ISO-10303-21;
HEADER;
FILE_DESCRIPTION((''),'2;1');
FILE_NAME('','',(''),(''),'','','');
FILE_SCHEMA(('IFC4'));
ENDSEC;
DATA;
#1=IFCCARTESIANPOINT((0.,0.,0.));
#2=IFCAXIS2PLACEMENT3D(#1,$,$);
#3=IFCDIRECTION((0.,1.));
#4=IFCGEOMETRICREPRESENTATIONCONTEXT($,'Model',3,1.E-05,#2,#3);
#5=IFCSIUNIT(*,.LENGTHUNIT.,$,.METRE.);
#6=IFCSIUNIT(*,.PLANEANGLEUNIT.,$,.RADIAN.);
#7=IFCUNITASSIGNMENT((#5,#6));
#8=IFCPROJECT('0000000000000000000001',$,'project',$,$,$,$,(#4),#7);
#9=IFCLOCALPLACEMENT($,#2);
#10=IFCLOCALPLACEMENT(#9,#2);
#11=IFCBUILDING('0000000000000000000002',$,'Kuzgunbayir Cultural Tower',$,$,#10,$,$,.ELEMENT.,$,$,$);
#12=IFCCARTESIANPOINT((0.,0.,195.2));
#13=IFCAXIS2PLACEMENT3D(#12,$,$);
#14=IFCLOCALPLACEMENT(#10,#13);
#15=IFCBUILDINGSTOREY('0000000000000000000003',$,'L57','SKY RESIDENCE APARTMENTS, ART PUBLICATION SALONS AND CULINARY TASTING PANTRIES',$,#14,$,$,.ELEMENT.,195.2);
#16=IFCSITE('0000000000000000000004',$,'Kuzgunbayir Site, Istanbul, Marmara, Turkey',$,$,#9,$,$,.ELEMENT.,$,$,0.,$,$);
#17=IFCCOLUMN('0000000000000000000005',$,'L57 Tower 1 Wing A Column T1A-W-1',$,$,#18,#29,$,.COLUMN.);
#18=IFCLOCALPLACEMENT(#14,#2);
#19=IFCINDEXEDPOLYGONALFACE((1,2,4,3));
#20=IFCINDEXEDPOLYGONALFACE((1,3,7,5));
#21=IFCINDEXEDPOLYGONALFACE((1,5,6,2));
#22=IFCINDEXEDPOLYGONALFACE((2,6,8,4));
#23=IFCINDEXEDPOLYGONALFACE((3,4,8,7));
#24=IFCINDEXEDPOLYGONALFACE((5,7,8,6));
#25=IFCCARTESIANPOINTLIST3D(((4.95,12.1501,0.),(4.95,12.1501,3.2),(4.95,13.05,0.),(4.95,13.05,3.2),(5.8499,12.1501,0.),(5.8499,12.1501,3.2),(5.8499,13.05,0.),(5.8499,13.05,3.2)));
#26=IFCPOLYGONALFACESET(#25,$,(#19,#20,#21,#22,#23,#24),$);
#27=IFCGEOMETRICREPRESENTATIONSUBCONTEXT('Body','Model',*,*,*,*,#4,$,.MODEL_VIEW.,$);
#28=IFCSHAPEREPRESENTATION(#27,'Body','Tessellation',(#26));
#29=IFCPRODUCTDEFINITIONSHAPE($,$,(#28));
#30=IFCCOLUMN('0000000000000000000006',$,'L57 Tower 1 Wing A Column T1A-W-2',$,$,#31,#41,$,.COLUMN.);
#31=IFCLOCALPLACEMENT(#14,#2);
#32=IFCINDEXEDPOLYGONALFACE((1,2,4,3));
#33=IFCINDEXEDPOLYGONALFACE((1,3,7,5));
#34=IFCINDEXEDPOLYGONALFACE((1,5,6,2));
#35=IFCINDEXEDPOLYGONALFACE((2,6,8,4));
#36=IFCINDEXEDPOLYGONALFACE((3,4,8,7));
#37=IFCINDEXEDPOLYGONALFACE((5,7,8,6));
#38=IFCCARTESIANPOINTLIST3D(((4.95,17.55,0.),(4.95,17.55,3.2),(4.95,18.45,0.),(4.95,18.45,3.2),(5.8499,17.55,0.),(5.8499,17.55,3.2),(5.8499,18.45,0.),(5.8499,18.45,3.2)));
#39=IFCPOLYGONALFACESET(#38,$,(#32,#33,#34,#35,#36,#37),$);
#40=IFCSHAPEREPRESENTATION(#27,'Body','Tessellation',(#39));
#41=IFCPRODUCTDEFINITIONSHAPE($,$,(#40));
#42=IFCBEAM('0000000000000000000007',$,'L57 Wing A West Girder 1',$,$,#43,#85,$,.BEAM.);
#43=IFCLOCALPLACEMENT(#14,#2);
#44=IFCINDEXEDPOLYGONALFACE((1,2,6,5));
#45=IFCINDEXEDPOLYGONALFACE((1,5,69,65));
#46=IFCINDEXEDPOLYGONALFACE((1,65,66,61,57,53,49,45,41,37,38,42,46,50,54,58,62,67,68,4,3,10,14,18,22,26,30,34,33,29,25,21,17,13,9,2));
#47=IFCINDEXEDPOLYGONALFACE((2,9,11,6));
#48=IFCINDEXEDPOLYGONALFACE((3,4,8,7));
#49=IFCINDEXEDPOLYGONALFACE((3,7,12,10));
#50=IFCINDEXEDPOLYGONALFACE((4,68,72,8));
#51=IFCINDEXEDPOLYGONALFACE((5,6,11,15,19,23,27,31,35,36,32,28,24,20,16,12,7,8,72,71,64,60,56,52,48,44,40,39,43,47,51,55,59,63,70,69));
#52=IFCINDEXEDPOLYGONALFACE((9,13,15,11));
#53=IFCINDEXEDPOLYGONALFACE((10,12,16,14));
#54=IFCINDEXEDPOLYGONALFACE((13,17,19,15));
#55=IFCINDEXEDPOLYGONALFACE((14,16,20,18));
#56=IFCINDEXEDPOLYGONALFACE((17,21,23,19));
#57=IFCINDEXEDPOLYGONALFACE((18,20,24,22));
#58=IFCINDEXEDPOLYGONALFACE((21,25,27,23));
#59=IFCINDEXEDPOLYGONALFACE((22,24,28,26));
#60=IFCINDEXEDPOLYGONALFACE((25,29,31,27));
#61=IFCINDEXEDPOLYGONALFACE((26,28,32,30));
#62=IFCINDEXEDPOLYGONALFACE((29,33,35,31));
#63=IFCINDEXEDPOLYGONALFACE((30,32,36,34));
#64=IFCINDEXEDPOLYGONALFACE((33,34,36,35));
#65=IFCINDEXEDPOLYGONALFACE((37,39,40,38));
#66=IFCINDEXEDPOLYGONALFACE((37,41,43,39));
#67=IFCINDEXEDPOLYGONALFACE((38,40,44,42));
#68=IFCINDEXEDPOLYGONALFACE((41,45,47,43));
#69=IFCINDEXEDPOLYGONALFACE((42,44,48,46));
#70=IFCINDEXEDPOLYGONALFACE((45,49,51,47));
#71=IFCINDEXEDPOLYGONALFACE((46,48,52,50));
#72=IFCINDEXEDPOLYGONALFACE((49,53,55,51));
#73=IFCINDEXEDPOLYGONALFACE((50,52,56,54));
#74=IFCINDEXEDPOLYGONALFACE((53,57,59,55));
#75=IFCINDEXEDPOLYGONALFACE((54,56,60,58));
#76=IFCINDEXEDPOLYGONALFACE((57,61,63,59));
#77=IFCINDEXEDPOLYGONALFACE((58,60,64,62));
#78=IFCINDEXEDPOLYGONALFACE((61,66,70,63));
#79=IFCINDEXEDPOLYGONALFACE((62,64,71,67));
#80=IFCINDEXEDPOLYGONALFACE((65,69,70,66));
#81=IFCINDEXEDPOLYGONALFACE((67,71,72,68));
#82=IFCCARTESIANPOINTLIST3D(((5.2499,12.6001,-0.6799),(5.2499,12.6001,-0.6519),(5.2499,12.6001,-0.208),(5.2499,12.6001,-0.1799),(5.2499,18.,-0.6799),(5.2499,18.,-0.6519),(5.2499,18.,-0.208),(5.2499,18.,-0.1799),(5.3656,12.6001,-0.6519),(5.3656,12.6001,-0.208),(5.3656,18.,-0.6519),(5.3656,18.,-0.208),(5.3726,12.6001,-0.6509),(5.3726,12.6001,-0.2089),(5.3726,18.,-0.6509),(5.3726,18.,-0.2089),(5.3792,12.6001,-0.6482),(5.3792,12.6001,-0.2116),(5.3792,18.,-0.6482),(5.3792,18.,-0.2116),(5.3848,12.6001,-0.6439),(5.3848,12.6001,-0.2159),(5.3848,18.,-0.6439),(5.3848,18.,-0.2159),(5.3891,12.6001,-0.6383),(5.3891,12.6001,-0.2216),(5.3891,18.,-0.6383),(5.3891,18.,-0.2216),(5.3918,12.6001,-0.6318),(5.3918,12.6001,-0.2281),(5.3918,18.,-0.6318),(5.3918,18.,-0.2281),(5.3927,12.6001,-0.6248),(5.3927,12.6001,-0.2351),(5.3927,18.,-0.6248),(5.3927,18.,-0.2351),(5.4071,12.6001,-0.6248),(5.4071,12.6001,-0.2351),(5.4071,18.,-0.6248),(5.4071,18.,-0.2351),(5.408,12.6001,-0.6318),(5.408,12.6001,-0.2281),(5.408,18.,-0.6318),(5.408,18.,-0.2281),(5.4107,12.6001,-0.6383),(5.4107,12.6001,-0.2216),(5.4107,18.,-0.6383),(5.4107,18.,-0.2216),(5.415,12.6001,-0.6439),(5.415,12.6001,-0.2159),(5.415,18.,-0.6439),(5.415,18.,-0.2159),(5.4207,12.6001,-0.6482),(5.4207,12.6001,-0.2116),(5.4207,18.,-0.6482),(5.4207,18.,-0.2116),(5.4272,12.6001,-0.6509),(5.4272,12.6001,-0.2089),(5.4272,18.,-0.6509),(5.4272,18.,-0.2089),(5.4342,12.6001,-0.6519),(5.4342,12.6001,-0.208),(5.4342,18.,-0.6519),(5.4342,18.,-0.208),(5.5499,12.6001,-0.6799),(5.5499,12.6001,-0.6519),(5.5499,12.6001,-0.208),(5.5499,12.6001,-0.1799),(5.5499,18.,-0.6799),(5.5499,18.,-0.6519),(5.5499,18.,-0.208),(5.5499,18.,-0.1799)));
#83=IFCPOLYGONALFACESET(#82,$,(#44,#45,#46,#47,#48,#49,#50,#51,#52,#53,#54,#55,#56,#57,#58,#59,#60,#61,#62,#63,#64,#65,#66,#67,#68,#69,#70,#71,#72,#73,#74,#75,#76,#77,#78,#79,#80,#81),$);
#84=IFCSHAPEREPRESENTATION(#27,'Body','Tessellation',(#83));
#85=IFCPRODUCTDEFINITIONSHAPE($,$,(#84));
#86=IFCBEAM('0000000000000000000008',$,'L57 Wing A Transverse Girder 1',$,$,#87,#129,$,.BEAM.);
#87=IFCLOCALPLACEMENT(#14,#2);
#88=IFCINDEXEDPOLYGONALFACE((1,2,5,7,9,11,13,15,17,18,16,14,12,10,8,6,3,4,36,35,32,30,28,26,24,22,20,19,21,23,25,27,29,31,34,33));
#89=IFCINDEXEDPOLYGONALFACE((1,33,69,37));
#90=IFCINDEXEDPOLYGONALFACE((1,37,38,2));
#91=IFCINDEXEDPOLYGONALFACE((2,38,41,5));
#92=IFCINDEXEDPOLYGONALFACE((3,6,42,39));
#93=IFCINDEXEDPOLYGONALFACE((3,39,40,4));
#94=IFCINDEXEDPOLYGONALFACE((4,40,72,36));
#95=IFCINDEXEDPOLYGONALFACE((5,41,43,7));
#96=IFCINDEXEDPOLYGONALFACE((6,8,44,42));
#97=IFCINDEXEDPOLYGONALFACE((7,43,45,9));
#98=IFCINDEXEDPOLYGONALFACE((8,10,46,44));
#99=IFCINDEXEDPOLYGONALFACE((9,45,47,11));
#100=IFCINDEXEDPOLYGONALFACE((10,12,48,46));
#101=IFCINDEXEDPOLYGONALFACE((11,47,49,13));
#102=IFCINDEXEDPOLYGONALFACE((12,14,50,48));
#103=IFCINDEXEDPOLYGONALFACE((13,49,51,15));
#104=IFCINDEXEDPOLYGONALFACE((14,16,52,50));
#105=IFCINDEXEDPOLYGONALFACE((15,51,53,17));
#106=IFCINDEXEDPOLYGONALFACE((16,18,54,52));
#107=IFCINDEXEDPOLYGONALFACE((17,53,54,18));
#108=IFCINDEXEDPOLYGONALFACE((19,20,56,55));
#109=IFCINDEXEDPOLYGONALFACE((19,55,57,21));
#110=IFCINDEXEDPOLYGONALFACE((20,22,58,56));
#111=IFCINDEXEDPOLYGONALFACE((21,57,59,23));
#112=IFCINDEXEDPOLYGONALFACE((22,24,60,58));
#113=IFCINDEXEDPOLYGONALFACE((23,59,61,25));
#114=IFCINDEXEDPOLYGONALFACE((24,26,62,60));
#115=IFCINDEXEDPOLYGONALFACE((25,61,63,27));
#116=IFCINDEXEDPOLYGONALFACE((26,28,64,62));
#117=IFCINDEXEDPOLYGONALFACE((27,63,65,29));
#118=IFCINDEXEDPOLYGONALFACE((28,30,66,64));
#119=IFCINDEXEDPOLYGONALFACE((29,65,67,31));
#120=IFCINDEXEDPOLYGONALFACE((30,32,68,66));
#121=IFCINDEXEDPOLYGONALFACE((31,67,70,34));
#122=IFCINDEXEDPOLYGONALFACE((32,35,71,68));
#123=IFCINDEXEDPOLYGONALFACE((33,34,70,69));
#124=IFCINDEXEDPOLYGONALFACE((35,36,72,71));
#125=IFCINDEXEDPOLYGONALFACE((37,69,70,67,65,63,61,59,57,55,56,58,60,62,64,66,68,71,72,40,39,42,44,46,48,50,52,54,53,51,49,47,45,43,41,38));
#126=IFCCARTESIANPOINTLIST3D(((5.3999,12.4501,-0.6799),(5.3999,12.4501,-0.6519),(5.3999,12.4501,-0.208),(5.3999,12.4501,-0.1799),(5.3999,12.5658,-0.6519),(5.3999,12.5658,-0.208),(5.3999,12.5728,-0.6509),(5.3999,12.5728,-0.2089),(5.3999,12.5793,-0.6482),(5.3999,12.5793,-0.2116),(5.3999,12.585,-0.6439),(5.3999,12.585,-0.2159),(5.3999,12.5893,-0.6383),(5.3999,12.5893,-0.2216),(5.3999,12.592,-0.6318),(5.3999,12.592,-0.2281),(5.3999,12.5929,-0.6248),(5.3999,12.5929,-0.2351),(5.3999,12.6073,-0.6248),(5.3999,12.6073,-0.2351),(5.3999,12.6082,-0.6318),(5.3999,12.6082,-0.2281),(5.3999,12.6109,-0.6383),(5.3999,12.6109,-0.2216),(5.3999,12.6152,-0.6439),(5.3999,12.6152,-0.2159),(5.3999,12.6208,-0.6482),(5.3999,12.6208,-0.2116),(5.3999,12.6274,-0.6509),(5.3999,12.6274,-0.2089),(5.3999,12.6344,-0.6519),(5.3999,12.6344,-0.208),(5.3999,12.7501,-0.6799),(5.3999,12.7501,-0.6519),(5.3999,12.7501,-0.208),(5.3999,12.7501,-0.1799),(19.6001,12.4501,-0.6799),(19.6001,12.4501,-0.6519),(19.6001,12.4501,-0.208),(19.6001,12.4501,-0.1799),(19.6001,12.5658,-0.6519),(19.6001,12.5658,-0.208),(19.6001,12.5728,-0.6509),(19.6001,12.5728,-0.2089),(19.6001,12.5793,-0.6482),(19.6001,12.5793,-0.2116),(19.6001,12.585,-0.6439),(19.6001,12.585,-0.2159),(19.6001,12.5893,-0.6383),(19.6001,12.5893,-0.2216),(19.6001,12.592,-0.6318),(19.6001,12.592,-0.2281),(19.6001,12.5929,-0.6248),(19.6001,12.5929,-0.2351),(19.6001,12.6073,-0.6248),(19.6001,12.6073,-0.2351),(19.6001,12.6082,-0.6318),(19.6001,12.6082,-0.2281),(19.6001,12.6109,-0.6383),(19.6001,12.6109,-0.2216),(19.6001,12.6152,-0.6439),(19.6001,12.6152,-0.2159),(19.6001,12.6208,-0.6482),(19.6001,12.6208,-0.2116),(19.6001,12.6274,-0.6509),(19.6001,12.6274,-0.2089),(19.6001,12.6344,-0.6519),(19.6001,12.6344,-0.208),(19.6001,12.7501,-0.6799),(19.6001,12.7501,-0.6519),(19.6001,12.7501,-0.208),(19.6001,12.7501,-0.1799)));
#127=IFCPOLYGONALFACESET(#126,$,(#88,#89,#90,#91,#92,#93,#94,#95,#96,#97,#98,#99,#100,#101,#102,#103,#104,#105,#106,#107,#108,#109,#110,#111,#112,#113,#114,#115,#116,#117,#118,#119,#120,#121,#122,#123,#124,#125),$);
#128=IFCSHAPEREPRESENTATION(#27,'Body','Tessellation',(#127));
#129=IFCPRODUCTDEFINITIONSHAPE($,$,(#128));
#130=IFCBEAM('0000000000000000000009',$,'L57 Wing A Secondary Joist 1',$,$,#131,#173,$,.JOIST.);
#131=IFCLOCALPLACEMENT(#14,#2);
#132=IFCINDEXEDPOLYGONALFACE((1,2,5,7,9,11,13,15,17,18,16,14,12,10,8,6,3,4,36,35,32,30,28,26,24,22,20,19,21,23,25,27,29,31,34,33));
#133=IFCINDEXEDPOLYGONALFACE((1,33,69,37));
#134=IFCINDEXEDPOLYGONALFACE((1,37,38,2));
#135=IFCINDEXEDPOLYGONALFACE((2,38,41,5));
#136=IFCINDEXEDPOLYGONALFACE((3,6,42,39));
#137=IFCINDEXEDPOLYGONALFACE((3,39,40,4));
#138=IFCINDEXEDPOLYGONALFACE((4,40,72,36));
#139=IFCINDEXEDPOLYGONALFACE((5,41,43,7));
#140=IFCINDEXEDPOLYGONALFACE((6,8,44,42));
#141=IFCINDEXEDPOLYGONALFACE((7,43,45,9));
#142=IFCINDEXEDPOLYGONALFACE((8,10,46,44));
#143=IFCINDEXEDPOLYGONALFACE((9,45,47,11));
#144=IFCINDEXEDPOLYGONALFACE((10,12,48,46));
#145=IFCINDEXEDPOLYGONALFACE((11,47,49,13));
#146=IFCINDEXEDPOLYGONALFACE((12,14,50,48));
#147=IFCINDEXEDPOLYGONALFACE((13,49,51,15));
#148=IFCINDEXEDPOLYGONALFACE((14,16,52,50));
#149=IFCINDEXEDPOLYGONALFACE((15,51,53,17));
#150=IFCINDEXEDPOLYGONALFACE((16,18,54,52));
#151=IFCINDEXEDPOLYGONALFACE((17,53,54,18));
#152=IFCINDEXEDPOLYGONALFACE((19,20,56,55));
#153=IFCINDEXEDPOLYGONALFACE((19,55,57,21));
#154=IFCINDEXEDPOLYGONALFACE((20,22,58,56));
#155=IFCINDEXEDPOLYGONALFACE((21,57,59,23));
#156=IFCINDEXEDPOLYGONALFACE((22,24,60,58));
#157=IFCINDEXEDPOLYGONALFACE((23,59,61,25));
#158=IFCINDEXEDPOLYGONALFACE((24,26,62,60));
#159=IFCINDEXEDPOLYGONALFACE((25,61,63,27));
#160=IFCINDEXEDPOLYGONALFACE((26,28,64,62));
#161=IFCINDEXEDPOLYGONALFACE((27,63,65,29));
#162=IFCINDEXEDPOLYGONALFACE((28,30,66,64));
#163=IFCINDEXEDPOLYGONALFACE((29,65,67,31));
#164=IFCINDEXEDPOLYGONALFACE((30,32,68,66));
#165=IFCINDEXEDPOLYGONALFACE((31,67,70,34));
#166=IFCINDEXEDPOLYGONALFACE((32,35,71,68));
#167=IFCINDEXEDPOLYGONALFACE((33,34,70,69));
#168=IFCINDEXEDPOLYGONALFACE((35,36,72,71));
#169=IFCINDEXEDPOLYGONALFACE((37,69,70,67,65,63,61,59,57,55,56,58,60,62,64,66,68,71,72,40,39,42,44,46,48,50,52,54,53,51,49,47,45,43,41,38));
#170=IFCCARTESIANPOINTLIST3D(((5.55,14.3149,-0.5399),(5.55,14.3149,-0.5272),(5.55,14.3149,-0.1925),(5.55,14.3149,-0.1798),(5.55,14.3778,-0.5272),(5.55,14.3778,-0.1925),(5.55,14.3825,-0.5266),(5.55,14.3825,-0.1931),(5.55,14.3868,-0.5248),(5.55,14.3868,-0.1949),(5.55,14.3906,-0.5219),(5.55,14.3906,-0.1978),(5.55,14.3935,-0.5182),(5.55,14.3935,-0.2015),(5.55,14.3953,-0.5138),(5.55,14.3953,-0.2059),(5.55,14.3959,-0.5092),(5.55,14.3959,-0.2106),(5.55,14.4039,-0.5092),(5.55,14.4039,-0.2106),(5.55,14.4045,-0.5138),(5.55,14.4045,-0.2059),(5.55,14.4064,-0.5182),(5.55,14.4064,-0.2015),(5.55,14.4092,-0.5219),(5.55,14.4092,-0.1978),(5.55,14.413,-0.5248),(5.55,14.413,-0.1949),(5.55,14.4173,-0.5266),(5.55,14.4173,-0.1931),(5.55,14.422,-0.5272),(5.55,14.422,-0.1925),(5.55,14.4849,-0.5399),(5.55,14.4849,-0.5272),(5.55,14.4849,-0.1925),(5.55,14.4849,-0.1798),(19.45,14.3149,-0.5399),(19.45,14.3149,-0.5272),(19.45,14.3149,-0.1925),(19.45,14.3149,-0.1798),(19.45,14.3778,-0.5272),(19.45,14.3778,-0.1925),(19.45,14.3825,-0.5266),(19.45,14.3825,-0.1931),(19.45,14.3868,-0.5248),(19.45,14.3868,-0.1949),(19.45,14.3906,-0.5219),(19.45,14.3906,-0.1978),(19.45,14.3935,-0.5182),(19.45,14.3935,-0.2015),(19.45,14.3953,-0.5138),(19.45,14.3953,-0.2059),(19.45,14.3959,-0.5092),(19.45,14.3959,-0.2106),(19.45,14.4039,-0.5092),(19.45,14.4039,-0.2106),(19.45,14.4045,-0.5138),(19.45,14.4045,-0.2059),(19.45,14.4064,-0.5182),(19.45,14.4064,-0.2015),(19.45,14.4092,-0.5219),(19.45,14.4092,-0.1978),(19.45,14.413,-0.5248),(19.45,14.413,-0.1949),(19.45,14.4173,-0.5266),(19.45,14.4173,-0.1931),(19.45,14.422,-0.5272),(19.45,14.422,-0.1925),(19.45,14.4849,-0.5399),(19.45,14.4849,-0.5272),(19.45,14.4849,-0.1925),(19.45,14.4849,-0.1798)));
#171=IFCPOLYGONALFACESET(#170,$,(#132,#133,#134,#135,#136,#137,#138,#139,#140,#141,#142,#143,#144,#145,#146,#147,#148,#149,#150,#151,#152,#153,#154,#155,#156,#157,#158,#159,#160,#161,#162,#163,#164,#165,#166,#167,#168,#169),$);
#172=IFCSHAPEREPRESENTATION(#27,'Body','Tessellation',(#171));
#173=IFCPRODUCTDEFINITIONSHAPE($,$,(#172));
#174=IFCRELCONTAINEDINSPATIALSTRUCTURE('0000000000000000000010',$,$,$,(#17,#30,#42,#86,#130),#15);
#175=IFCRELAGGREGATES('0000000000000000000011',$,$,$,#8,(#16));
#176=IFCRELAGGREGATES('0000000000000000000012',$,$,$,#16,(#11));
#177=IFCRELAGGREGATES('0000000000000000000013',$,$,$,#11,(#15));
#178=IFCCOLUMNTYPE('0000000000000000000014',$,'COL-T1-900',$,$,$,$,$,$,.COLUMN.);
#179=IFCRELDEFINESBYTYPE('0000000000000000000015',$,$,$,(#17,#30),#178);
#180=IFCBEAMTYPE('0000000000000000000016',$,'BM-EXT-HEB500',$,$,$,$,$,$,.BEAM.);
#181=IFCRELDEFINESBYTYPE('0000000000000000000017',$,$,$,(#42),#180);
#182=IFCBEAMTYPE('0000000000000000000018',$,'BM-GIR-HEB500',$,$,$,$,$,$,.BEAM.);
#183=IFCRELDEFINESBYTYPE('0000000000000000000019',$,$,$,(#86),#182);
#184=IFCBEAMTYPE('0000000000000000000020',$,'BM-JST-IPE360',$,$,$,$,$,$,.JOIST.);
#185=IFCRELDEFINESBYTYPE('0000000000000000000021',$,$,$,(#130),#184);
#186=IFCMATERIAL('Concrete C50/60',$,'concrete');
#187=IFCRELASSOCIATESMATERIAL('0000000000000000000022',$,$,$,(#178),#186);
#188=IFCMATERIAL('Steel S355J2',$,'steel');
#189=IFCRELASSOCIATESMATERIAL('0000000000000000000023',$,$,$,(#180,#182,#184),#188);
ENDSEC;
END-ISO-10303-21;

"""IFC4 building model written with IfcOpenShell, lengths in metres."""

from ifc_helpers import new_model, si_unit, direction, frame, origin, origin_2d, place, context, subcontext, project, spatial, rectangle, i_section, extrude, material, material_profile, profile_set, type_object, element, save


model = new_model("IFC4")

# Units and contexts
model_context = context("Model", 3, precision=1e-05, world=origin(), true_north=direction((0.0, 1.0)))
body_context = subcontext(model_context, "Body", "Model", "MODEL_VIEW")
ifc_project = project(units=[si_unit("LENGTHUNIT", "METRE"), si_unit("PLANEANGLEUNIT", "RADIAN")], contexts=[model_context])

# Site, building, storey
site_placement = place(None, origin())
site = spatial("IfcSite", under=ifc_project, at=site_placement, Name="Kuzgunbayir Site, Istanbul, Marmara, Turkey", CompositionType="ELEMENT", RefElevation=0.0)
building_placement = place(site_placement, origin())
building = spatial("IfcBuilding", under=site, at=building_placement, Name="Kuzgunbayir Cultural Tower", CompositionType="ELEMENT")
storey_placement = place(building_placement, frame((0.0, 0.0, 195.2)))
storey = spatial("IfcBuildingStorey", under=building, at=storey_placement, Name="L57", Description="SKY RESIDENCE APARTMENTS, ART PUBLICATION SALONS AND CULINARY TASTING PANTRIES", CompositionType="ELEMENT", Elevation=195.2)

# Columns
ifc_material_1 = material(Name="Concrete C50/60", Category="concrete")
ifc_material_profile_1 = material_profile(ifc_material_1, rectangle(XDim=0.8999, YDim=0.8999, at=origin_2d()), Name="RC 900x900")
ifc_profile_set_1 = profile_set([ifc_material_profile_1], Name="Concrete C50/60")
column_type = type_object("IfcColumnType", Name="COL-T1-900", PredefinedType="COLUMN", material=ifc_profile_set_1)
for number, where, z_axis, x_axis, name in (
    (1, (5.3999, 12.6001, 0.0), (0.0, 0.0, 1.0), (1.0, 0.0, 0.0), "L57 Tower 1 Wing A Column T1A-W-1"),
    (2, (5.3999, 18.0, 0.0), (0.0, 0.0, 1.0), (1.0, 0.0, 0.0), "L57 Tower 1 Wing A Column T1A-W-2"),
):
    element("IfcColumn", number, at=place(storey_placement, frame(where, z_axis=z_axis, x_axis=x_axis)), inside=storey, type_object=column_type, Name=name, PredefinedType="COLUMN", context=body_context, shape_type="SweptSolid", body=[
        extrude(rectangle(XDim=0.8999, YDim=0.8999, at=origin_2d()), origin(), (0.0, 0.0, 1.0), 3.2),
    ])

# Beams
ifc_material_2 = material(Name="Steel S355J2", Category="steel")
ifc_material_profile_2 = material_profile(ifc_material_2, i_section(OverallWidth=0.3, OverallDepth=0.5, WebThickness=0.0144, FlangeThickness=0.0281, FilletRadius=0.0271, at=origin_2d()), Name="HEB 500")
ifc_profile_set_2 = profile_set([ifc_material_profile_2], Name="Steel S355J2")
beam_type_1 = type_object("IfcBeamType", Name="BM-EXT-HEB500", PredefinedType="BEAM", material=ifc_profile_set_2)
beam_1_placement = place(storey_placement, frame((5.3999, 12.6001, -0.4299), z_axis=(0.0, 1.0, 0.0), x_axis=(-1.0, 0.0, 0.0)))
element("IfcBeam", 3, at=beam_1_placement, inside=storey, type_object=beam_type_1, Name="L57 Wing A West Girder 1", PredefinedType="BEAM", context=body_context, shape_type="SweptSolid", body=[
    extrude(i_section(OverallWidth=0.3, OverallDepth=0.5, WebThickness=0.0144, FlangeThickness=0.0281, FilletRadius=0.0271, at=origin_2d()), origin(), (0.0, 0.0, 1.0), 5.3999),
])
ifc_material_profile_3 = material_profile(ifc_material_2, i_section(OverallWidth=0.3, OverallDepth=0.5, WebThickness=0.0144, FlangeThickness=0.0281, FilletRadius=0.0271, at=origin_2d()), Name="HEB 500")
ifc_profile_set_3 = profile_set([ifc_material_profile_3], Name="Steel S355J2")
beam_type_2 = type_object("IfcBeamType", Name="BM-GIR-HEB500", PredefinedType="BEAM", material=ifc_profile_set_3)
beam_2_placement = place(storey_placement, frame((5.3999, 12.6001, -0.4299), z_axis=(1.0, 0.0, 0.0), x_axis=(0.0, 1.0, 0.0)))
element("IfcBeam", 4, at=beam_2_placement, inside=storey, type_object=beam_type_2, Name="L57 Wing A Transverse Girder 1", PredefinedType="BEAM", context=body_context, shape_type="SweptSolid", body=[
    extrude(i_section(OverallWidth=0.3, OverallDepth=0.5, WebThickness=0.0144, FlangeThickness=0.0281, FilletRadius=0.0271, at=origin_2d()), origin(), (0.0, 0.0, 1.0), 14.2002),
])
ifc_material_profile_4 = material_profile(ifc_material_2, i_section(OverallWidth=0.1699, OverallDepth=0.3601, WebThickness=0.0081, FlangeThickness=0.0127, FilletRadius=0.0181, at=origin_2d()), Name="IPE 360")
ifc_profile_set_4 = profile_set([ifc_material_profile_4], Name="Steel S355J2")
beam_type_3 = type_object("IfcBeamType", Name="BM-JST-IPE360", PredefinedType="JOIST", material=ifc_profile_set_4)
for number, where, z_axis, x_axis, name in (
    (5, (5.55, 14.3999, -0.3599), (1.0, 0.0, 0.0), (0.0, 1.0, 0.0), "L57 Wing A Secondary Joist 1"),
):
    element("IfcBeam", number, at=place(storey_placement, frame(where, z_axis=z_axis, x_axis=x_axis)), inside=storey, type_object=beam_type_3, Name=name, PredefinedType="JOIST", context=body_context, shape_type="SweptSolid", body=[
        extrude(i_section(OverallWidth=0.1699, OverallDepth=0.3601, WebThickness=0.0081, FlangeThickness=0.0127, FilletRadius=0.0181, at=origin_2d()), origin(), (0.0, 0.0, 1.0), 13.8999),
    ])

save(model, "model.ifc")
